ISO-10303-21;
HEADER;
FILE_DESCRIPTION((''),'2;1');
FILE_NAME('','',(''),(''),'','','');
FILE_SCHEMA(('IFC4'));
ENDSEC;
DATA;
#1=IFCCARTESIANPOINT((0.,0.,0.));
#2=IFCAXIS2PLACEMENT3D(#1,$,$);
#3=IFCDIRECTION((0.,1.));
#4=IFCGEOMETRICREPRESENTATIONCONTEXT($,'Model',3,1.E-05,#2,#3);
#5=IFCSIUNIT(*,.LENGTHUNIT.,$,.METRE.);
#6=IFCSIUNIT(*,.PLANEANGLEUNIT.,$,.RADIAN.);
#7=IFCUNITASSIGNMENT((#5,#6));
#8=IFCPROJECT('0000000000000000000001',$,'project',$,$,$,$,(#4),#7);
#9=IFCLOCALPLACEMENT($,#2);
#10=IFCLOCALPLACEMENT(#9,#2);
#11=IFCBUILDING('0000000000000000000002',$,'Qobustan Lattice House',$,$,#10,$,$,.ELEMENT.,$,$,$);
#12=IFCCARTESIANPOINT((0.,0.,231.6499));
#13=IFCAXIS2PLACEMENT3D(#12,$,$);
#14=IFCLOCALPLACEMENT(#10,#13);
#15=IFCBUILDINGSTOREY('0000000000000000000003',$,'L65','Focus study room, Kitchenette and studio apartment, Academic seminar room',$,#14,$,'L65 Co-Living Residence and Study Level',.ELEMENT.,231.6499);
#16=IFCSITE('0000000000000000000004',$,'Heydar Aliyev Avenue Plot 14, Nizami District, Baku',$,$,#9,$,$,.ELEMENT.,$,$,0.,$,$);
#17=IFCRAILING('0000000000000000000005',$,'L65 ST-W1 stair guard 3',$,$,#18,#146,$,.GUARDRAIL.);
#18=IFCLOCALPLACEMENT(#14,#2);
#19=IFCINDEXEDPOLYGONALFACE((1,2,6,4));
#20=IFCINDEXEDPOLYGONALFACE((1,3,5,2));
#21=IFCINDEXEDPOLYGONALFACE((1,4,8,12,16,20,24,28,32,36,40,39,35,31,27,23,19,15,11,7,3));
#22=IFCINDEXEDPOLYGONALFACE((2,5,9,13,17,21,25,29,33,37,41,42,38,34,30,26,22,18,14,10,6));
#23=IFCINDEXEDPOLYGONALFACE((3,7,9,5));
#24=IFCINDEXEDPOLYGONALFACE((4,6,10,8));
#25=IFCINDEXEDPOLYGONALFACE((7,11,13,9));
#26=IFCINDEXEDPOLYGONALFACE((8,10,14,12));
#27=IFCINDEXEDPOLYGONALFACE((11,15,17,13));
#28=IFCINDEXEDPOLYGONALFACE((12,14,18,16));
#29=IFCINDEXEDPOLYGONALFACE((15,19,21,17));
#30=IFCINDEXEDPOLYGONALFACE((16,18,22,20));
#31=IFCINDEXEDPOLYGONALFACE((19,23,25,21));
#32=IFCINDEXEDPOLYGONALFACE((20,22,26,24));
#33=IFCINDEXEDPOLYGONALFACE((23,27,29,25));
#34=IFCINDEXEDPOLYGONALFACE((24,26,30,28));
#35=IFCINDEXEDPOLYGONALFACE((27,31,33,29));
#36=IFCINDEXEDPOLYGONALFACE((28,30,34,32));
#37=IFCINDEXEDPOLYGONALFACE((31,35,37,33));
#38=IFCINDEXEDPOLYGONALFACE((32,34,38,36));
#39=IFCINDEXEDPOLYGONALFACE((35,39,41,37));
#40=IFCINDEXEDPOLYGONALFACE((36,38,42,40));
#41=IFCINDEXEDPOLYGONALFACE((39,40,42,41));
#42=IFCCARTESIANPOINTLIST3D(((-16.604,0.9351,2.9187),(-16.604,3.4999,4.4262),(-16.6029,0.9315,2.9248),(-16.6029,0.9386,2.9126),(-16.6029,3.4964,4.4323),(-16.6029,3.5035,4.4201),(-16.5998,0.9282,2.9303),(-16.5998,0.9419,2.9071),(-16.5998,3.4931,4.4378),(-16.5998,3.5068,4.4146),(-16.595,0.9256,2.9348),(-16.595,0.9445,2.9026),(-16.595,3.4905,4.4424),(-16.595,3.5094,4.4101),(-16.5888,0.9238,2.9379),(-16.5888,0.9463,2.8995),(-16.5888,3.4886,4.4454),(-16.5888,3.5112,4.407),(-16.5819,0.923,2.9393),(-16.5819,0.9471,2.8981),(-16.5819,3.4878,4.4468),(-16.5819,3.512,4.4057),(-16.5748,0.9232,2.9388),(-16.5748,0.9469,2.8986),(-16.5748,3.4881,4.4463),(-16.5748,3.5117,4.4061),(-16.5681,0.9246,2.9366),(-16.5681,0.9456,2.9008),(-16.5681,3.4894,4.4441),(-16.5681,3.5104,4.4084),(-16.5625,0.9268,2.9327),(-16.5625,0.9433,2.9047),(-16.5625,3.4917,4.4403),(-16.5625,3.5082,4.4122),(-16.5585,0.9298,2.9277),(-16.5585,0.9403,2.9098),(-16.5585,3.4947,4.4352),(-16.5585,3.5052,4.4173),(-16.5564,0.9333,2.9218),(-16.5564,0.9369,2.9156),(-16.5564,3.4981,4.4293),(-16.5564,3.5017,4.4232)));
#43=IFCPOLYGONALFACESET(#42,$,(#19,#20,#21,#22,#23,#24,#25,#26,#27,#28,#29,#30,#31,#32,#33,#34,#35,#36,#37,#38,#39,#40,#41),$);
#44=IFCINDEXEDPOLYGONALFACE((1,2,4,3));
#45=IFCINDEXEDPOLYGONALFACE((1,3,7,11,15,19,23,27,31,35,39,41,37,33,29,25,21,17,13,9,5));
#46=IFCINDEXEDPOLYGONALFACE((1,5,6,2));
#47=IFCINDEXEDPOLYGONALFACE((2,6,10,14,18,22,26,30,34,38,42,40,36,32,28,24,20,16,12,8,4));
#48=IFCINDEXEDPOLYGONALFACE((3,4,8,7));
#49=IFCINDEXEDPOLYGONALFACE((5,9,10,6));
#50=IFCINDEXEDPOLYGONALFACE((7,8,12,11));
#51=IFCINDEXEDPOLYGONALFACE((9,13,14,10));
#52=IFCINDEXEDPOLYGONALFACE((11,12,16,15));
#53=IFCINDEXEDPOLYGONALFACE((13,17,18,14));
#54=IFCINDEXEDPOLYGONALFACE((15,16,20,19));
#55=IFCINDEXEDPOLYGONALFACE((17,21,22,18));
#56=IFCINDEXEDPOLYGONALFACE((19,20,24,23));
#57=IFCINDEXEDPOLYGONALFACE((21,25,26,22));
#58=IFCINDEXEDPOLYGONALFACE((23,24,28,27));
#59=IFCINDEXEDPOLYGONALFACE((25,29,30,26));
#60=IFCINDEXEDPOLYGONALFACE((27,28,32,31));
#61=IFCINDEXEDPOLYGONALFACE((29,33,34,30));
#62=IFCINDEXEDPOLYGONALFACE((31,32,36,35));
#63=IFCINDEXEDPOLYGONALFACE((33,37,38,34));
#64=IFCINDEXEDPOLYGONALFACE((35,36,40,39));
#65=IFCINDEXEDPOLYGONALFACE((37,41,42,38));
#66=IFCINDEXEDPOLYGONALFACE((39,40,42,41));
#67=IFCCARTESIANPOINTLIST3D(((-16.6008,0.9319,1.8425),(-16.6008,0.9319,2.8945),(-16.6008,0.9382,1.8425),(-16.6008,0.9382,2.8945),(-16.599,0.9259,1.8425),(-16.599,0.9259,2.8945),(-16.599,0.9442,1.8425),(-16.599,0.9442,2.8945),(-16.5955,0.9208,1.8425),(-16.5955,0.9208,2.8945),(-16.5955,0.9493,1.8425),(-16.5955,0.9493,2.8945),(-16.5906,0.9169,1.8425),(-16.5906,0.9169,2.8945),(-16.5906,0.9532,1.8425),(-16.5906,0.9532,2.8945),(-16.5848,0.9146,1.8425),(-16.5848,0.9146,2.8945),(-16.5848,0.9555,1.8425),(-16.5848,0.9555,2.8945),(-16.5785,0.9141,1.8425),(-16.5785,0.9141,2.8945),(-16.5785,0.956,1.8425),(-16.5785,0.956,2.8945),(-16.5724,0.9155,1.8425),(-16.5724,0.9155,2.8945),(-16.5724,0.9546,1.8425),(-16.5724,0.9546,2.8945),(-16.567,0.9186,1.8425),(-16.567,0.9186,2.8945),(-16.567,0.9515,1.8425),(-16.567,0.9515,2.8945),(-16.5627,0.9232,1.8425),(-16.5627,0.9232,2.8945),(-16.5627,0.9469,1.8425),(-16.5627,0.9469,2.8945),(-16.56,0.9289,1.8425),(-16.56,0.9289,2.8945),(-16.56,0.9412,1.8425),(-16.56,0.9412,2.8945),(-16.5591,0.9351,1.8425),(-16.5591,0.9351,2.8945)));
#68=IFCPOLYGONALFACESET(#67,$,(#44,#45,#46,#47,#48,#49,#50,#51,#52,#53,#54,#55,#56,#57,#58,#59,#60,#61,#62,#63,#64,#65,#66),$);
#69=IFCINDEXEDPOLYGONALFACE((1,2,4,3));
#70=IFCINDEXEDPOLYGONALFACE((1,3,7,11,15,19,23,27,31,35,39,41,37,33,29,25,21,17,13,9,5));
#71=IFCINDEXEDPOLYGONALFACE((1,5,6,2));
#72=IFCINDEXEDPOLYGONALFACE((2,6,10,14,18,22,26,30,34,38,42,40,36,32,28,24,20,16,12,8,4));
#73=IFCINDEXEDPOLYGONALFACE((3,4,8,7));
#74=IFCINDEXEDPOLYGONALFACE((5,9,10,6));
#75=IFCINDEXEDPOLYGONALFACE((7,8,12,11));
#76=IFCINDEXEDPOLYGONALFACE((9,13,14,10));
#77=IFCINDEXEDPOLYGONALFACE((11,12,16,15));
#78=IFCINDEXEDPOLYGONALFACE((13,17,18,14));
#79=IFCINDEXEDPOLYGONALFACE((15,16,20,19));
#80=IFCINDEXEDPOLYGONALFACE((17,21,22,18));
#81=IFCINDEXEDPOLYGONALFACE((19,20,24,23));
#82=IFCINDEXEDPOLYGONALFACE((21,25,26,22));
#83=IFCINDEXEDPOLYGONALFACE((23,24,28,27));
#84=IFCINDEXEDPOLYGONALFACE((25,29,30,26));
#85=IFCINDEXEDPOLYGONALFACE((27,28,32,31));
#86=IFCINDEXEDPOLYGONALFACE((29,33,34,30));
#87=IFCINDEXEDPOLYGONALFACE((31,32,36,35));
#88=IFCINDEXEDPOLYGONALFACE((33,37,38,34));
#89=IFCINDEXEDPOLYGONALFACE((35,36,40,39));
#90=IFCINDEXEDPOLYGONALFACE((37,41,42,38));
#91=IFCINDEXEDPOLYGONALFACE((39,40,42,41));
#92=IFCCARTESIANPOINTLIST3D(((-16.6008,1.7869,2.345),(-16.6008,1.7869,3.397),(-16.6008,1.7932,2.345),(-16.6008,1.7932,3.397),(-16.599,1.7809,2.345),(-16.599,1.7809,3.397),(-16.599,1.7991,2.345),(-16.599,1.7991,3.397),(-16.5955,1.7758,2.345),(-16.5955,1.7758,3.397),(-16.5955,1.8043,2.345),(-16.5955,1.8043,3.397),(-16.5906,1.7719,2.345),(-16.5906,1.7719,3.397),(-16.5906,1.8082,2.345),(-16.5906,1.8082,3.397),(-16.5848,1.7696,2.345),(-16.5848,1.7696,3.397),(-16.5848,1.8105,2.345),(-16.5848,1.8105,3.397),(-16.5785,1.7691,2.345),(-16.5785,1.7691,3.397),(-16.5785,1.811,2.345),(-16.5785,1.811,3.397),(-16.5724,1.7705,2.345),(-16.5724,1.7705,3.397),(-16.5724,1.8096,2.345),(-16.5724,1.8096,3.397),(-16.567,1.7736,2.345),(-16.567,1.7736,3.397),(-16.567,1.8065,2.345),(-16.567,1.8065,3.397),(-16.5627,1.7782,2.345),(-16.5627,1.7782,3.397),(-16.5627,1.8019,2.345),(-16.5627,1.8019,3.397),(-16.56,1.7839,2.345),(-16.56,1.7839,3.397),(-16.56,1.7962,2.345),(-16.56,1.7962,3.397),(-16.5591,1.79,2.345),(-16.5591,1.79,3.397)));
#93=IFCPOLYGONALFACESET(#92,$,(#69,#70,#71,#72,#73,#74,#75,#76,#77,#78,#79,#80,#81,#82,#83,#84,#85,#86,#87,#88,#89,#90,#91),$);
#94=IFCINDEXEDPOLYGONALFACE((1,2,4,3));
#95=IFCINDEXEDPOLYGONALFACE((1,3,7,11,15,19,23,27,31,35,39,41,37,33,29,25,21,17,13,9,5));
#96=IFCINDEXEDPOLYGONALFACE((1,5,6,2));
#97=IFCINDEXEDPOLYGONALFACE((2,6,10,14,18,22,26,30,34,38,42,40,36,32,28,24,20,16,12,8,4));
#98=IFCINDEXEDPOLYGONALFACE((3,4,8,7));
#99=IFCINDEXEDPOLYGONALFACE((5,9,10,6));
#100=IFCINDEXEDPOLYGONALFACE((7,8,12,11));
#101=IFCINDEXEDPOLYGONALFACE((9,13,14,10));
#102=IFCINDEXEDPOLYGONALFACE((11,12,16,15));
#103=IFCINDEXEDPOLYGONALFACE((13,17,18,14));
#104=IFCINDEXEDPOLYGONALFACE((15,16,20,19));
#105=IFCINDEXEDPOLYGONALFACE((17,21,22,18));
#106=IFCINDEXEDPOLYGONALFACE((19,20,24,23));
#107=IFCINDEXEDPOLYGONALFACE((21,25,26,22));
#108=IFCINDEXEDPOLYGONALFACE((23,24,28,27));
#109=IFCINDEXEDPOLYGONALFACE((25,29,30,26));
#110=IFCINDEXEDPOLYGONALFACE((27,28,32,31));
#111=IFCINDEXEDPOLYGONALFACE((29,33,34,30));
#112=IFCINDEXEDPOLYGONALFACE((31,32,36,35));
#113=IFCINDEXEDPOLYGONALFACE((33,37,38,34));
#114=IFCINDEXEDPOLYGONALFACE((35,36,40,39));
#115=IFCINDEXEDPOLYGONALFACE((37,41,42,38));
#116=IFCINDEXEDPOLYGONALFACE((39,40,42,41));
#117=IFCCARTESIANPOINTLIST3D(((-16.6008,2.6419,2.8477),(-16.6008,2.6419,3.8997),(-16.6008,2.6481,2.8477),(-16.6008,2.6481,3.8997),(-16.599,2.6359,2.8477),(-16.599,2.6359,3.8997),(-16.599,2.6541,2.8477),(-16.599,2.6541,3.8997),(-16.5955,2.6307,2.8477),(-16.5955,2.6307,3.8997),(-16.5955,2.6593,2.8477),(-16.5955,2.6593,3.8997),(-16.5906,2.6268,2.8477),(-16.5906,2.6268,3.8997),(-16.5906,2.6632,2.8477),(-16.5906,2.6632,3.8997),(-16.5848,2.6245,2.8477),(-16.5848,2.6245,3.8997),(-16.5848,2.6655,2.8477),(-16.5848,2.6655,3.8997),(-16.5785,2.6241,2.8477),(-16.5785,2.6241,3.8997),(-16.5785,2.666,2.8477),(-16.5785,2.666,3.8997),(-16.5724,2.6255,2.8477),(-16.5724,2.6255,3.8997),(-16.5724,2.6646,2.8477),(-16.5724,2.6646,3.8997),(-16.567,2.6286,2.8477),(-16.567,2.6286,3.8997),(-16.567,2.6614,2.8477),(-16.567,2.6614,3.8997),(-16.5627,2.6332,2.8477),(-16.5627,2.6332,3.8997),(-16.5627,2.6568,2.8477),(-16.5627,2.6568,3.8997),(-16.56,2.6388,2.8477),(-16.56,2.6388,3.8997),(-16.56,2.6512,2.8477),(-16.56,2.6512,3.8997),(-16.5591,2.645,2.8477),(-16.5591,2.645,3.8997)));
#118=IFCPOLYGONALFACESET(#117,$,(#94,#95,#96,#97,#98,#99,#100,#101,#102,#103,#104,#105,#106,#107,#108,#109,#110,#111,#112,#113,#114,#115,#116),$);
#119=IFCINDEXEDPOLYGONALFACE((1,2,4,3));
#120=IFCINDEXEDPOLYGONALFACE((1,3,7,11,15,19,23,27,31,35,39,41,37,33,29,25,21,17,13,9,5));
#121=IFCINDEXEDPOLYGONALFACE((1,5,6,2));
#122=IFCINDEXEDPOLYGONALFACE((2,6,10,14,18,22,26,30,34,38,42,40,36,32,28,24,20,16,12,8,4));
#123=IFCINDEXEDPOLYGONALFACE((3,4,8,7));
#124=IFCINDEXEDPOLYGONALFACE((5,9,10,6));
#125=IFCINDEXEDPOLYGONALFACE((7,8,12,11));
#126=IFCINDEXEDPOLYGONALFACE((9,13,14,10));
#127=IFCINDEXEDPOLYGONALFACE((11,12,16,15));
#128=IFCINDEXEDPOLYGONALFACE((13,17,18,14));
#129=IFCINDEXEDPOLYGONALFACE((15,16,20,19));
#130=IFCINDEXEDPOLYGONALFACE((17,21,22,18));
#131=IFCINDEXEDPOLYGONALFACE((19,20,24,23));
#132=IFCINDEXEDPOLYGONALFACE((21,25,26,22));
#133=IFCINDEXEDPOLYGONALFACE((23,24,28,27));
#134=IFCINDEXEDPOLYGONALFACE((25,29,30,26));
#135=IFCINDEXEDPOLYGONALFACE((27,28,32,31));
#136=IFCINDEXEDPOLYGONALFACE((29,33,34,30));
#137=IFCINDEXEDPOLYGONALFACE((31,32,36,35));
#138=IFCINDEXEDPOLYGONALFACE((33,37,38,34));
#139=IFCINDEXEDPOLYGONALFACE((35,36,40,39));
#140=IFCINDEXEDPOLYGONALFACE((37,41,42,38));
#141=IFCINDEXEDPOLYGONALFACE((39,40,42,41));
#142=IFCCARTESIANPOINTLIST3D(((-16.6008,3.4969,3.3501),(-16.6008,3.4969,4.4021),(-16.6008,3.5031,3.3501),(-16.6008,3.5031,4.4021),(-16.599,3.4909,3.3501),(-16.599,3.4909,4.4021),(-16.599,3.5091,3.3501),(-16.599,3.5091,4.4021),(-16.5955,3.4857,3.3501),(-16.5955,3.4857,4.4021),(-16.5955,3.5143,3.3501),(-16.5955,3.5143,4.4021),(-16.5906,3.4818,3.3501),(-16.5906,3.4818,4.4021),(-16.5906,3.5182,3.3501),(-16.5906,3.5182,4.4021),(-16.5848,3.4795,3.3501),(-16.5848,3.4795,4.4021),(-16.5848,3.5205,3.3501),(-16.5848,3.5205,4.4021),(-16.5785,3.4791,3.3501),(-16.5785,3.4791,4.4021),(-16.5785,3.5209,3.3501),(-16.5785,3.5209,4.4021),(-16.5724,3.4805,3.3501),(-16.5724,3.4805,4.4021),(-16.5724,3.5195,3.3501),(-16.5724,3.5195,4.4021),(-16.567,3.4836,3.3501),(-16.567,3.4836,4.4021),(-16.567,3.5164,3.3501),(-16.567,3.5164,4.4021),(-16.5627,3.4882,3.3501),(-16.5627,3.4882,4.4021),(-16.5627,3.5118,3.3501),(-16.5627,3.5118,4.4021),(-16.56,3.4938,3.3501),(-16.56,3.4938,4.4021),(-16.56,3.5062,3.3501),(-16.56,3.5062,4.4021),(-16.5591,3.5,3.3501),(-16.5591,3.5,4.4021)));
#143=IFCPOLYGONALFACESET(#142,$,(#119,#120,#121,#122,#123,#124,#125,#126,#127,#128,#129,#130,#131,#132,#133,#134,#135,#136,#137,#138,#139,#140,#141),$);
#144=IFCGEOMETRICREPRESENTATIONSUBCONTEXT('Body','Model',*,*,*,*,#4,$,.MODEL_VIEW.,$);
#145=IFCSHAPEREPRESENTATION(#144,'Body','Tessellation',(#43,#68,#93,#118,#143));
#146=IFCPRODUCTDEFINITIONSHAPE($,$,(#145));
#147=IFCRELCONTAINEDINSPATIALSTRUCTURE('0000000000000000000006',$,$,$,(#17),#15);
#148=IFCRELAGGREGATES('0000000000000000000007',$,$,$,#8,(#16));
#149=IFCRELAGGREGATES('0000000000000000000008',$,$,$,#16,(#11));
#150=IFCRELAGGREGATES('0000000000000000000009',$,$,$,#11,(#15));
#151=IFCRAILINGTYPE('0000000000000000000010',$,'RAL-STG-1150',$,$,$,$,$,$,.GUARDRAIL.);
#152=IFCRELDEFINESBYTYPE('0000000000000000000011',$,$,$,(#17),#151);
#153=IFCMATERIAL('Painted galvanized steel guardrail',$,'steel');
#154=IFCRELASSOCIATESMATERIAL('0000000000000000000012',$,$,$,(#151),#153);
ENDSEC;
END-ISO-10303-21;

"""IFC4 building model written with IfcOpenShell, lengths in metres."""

from ifc_helpers import new_model, si_unit, direction, frame, origin, origin_2d, place, context, subcontext, project, spatial, circle, extrude, material, type_object, element, save


model = new_model("IFC4")

# Units and contexts
model_context = context("Model", 3, precision=1e-05, world=origin(), true_north=direction((0.0, 1.0)))
body_context = subcontext(model_context, "Body", "Model", "MODEL_VIEW")
ifc_project = project(units=[si_unit("LENGTHUNIT", "METRE"), si_unit("PLANEANGLEUNIT", "RADIAN")], contexts=[model_context])

# Site, building, storey
site_placement = place(None, origin())
site = spatial("IfcSite", under=ifc_project, at=site_placement, Name="Heydar Aliyev Avenue Plot 14, Nizami District, Baku", CompositionType="ELEMENT", RefElevation=0.0)
building_placement = place(site_placement, origin())
building = spatial("IfcBuilding", under=site, at=building_placement, Name="Qobustan Lattice House", CompositionType="ELEMENT")
storey_placement = place(building_placement, frame((0.0, 0.0, 231.6499)))
storey = spatial("IfcBuildingStorey", under=building, at=storey_placement, Name="L65", Description="Focus study room, Kitchenette and studio apartment, Academic seminar room", LongName="L65 Co-Living Residence and Study Level", CompositionType="ELEMENT", Elevation=231.6499)

# Railing
ifc_material_1 = material(Name="Painted galvanized steel guardrail", Category="steel")
railing_type = type_object("IfcRailingType", Name="RAL-STG-1150", PredefinedType="GUARDRAIL", material=ifc_material_1)
railing_placement = place(storey_placement, frame((-16.5801, 0.9351, 1.8425)))
element("IfcRailing", 1, at=railing_placement, inside=storey, type_object=railing_type, Name="L65 ST-W1 stair guard 3", PredefinedType="GUARDRAIL", context=body_context, shape_type="SweptSolid", body=[
    extrude(circle(Radius=0.0239, at=origin_2d()), frame((0.0, 0.0, 1.0762), z_axis=(0.0, 0.862113, 0.506715), x_axis=(-1.0, 0.0, 0.0)), (0.0, 0.0, 1.0), 2.9751),
    extrude(circle(Radius=0.021, at=origin_2d()), origin(), (0.0, 0.0, 1.0), 1.052),
    extrude(circle(Radius=0.021, at=origin_2d()), frame((0.0, 0.855, 0.5024)), (0.0, 0.0, 1.0), 1.052),
    extrude(circle(Radius=0.021, at=origin_2d()), frame((0.0, 1.71, 1.0051)), (0.0, 0.0, 1.0), 1.052),
    extrude(circle(Radius=0.021, at=origin_2d()), frame((0.0, 2.5649, 1.5076)), (0.0, 0.0, 1.0), 1.052),
])

save(model, "model.ifc")
